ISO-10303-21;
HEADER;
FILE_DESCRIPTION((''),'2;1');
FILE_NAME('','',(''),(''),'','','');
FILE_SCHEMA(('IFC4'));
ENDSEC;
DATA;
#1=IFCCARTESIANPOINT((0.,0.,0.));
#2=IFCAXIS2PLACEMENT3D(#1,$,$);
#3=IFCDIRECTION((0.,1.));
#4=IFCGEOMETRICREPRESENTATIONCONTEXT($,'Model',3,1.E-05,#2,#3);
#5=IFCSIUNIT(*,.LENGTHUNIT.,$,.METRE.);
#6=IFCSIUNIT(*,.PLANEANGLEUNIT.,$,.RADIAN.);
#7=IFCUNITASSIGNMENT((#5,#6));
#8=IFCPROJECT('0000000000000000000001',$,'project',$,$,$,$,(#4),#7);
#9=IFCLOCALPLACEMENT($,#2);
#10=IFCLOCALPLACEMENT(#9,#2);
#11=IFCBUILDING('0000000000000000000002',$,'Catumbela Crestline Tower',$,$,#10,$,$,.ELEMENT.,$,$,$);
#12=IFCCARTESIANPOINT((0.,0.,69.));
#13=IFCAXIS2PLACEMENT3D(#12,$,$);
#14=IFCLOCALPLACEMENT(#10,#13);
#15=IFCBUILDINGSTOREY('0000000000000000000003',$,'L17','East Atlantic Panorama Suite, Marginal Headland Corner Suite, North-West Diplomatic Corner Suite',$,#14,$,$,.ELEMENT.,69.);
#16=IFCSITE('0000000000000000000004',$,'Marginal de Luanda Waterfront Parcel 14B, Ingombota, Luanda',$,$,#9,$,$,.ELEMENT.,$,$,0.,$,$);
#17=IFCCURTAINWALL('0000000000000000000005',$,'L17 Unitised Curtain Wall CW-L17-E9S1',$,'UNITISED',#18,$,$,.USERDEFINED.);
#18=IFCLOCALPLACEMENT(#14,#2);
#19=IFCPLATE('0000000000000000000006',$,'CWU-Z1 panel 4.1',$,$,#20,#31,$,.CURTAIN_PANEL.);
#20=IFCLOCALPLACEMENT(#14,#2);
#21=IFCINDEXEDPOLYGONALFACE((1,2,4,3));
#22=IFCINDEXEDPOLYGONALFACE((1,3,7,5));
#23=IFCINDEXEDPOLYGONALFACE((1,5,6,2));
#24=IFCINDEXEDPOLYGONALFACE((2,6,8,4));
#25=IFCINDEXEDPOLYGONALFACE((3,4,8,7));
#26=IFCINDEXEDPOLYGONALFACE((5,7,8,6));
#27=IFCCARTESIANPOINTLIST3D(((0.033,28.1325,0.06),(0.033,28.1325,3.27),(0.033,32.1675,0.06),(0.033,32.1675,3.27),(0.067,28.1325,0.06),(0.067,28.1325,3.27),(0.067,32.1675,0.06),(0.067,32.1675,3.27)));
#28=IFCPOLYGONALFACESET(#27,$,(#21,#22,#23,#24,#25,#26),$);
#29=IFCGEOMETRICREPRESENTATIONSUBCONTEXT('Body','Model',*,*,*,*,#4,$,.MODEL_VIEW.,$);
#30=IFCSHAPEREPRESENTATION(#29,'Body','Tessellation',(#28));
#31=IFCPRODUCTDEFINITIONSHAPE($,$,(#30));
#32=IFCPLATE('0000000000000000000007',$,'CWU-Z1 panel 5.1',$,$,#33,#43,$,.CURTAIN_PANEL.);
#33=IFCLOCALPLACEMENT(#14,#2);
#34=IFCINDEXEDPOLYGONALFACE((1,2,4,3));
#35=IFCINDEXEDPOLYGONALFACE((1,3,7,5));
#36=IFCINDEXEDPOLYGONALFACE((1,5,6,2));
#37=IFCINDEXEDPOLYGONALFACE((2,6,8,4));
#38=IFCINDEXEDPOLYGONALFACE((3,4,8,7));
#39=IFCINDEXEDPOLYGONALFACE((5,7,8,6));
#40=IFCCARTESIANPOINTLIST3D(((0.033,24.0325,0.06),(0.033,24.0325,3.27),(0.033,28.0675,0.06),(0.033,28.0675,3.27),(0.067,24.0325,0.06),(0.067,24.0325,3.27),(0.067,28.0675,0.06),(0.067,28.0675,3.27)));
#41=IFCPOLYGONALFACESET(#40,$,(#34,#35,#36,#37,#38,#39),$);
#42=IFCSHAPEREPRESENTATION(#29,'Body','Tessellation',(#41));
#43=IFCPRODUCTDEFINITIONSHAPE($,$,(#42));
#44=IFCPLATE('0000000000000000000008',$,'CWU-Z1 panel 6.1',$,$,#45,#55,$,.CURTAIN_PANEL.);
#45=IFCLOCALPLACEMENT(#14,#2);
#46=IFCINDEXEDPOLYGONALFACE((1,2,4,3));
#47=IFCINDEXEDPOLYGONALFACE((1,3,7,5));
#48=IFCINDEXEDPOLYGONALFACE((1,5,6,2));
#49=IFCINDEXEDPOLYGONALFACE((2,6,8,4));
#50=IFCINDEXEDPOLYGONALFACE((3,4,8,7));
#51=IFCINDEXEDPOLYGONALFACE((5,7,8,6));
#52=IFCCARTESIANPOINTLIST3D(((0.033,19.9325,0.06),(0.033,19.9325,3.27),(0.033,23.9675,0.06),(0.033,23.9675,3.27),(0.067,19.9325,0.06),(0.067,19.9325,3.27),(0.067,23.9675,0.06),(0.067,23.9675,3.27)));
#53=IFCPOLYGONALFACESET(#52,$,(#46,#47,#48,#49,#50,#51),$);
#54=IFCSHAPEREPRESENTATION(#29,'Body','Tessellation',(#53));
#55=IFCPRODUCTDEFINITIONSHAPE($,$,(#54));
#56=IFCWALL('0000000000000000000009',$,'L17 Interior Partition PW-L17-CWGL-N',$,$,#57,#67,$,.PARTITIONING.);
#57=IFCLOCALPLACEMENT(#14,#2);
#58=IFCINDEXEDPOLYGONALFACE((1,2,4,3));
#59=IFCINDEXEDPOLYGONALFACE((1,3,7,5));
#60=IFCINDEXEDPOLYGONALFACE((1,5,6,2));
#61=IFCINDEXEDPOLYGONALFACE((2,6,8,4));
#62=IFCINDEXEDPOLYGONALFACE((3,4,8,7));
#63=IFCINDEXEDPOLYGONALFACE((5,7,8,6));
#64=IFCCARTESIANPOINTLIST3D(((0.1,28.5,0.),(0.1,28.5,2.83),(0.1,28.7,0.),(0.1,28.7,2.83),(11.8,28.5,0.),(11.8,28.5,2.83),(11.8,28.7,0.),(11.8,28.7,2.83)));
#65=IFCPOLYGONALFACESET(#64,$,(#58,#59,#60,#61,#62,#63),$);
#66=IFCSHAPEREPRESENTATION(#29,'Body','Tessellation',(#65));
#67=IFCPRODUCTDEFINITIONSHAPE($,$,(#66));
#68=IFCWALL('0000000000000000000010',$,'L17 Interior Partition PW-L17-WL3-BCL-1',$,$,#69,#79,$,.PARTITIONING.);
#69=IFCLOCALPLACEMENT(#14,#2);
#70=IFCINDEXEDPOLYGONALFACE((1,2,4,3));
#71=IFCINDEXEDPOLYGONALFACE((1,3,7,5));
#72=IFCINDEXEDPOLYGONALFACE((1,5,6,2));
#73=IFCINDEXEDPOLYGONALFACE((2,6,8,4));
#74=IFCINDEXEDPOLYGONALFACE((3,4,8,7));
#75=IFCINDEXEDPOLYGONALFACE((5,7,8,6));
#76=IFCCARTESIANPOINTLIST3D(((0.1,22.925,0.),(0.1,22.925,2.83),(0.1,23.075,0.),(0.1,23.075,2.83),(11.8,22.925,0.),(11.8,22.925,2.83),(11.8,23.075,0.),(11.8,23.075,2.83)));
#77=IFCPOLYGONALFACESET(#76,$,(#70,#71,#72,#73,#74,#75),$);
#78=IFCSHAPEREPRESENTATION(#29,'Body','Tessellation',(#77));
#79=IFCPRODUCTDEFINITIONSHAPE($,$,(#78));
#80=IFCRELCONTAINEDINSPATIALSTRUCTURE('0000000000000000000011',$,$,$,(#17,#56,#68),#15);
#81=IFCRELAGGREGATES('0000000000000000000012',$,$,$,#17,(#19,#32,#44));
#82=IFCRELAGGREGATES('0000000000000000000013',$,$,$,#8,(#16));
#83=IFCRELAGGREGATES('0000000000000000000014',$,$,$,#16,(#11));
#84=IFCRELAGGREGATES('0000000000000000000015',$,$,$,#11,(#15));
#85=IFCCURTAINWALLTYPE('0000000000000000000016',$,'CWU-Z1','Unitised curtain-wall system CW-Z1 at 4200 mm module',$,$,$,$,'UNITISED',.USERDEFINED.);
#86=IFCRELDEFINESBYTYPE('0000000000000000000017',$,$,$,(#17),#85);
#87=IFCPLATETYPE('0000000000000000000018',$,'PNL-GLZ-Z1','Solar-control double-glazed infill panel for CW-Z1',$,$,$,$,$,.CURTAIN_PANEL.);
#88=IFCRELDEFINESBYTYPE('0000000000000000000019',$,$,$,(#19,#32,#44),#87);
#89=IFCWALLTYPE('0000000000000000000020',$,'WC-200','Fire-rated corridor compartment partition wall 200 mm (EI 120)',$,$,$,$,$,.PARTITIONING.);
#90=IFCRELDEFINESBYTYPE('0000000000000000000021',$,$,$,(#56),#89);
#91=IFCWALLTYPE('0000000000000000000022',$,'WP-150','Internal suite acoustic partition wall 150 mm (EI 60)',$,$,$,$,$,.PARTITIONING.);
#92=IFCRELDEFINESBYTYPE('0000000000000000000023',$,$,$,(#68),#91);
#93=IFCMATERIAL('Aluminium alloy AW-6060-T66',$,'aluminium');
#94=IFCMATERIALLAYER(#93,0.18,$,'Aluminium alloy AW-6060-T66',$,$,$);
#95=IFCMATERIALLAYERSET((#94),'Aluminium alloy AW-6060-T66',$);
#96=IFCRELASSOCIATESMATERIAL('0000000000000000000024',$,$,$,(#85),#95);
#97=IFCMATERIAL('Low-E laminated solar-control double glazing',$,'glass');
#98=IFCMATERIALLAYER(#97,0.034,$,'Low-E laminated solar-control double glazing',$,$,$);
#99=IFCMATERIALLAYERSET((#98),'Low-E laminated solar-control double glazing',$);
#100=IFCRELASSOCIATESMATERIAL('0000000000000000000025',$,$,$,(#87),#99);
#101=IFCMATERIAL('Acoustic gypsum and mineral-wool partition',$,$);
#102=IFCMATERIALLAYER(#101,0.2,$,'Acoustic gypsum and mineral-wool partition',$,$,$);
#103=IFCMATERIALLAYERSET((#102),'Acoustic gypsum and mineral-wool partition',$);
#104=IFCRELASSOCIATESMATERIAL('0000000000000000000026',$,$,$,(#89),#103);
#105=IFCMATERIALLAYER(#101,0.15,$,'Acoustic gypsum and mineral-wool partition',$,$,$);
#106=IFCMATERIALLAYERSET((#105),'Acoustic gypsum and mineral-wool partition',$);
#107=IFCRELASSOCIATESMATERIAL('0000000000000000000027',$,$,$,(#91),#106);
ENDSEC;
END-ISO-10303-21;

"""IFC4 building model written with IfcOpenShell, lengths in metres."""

from ifc_helpers import new_model, si_unit, direction, frame, frame_2d, origin, origin_2d, place, context, subcontext, project, spatial, rectangle, extrude, material, layer, layer_set, type_object, element, aggregate, save


model = new_model("IFC4")

# Units and contexts
model_context = context("Model", 3, precision=1e-05, world=origin(), true_north=direction((0.0, 1.0)))
body_context = subcontext(model_context, "Body", "Model", "MODEL_VIEW")
ifc_project = project(units=[si_unit("LENGTHUNIT", "METRE"), si_unit("PLANEANGLEUNIT", "RADIAN")], contexts=[model_context])

# Site, building, storey
site_placement = place(None, origin())
site = spatial("IfcSite", under=ifc_project, at=site_placement, Name="Marginal de Luanda Waterfront Parcel 14B, Ingombota, Luanda", CompositionType="ELEMENT", RefElevation=0.0)
building_placement = place(site_placement, origin())
building = spatial("IfcBuilding", under=site, at=building_placement, Name="Catumbela Crestline Tower", CompositionType="ELEMENT")
storey_placement = place(building_placement, frame((0.0, 0.0, 69.0)))
storey = spatial("IfcBuildingStorey", under=building, at=storey_placement, Name="L17", Description="East Atlantic Panorama Suite, Marginal Headland Corner Suite, North-West Diplomatic Corner Suite", CompositionType="ELEMENT", Elevation=69.0)

# Curtain wall
ifc_material_1 = material(Name="Aluminium alloy AW-6060-T66", Category="aluminium")
ifc_layer_1 = layer(ifc_material_1, 0.18, Name="Aluminium alloy AW-6060-T66")
ifc_layer_set_1 = layer_set([ifc_layer_1], Name="Aluminium alloy AW-6060-T66")
curtain_wall_type = type_object("IfcCurtainWallType", Name="CWU-Z1", Description="Unitised curtain-wall system CW-Z1 at 4200 mm module", ElementType="UNITISED", PredefinedType="USERDEFINED", material=ifc_layer_set_1)
curtain_wall_placement = place(storey_placement, origin())
curtain_wall = element("IfcCurtainWall", 1, at=curtain_wall_placement, inside=storey, type_object=curtain_wall_type, Name="L17 Unitised Curtain Wall CW-L17-E9S1", ObjectType="UNITISED", PredefinedType="USERDEFINED")

# Plates
ifc_material_2 = material(Name="Low-E laminated solar-control double glazing", Category="glass")
ifc_layer_2 = layer(ifc_material_2, 0.034, Name="Low-E laminated solar-control double glazing")
ifc_layer_set_2 = layer_set([ifc_layer_2], Name="Low-E laminated solar-control double glazing")
plate_type = type_object("IfcPlateType", Name="PNL-GLZ-Z1", Description="Solar-control double-glazed infill panel for CW-Z1", PredefinedType="CURTAIN_PANEL", material=ifc_layer_set_2)
plate_1_placement = place(storey_placement, frame((0.05, 30.15, 0.06), z_axis=(0.0, 0.0, 1.0), x_axis=(0.0, -1.0, 0.0)))
plate_1 = element("IfcPlate", 2, at=plate_1_placement, type_object=plate_type, Name="CWU-Z1 panel 4.1", PredefinedType="CURTAIN_PANEL", context=body_context, shape_type="SweptSolid", body=[
    extrude(rectangle(XDim=4.035, YDim=0.034, at=origin_2d()), origin(), (0.0, 0.0, 1.0), 3.21),
])
plate_2_placement = place(storey_placement, frame((0.05, 26.05, 0.06), z_axis=(0.0, 0.0, 1.0), x_axis=(0.0, -1.0, 0.0)))
plate_2 = element("IfcPlate", 3, at=plate_2_placement, type_object=plate_type, Name="CWU-Z1 panel 5.1", PredefinedType="CURTAIN_PANEL", context=body_context, shape_type="SweptSolid", body=[
    extrude(rectangle(XDim=4.035, YDim=0.034, at=origin_2d()), origin(), (0.0, 0.0, 1.0), 3.21),
])
plate_3_placement = place(storey_placement, frame((0.05, 21.95, 0.06), z_axis=(0.0, 0.0, 1.0), x_axis=(0.0, -1.0, 0.0)))
plate_3 = element("IfcPlate", 4, at=plate_3_placement, type_object=plate_type, Name="CWU-Z1 panel 6.1", PredefinedType="CURTAIN_PANEL", context=body_context, shape_type="SweptSolid", body=[
    extrude(rectangle(XDim=4.035, YDim=0.034, at=origin_2d()), origin(), (0.0, 0.0, 1.0), 3.21),
])
aggregate(curtain_wall, [plate_1, plate_2, plate_3])

# Walls
ifc_material_3 = material(Name="Acoustic gypsum and mineral-wool partition")
ifc_layer_3 = layer(ifc_material_3, 0.2, Name="Acoustic gypsum and mineral-wool partition")
ifc_layer_set_3 = layer_set([ifc_layer_3], Name="Acoustic gypsum and mineral-wool partition")
wall_type_1 = type_object("IfcWallType", Name="WC-200", Description="Fire-rated corridor compartment partition wall 200 mm (EI 120)", PredefinedType="PARTITIONING", material=ifc_layer_set_3)
wall_1_placement = place(storey_placement, frame((0.1, 28.6, 0.0), z_axis=(0.0, 0.0, 1.0), x_axis=(1.0, 0.0, 0.0)))
element("IfcWall", 5, at=wall_1_placement, inside=storey, type_object=wall_type_1, Name="L17 Interior Partition PW-L17-CWGL-N", PredefinedType="PARTITIONING", context=body_context, shape_type="SweptSolid", body=[
    extrude(rectangle(XDim=11.7, YDim=0.2, at=frame_2d((5.85, 0.0))), origin(), (0.0, 0.0, 1.0), 2.83),
])
ifc_layer_4 = layer(ifc_material_3, 0.15, Name="Acoustic gypsum and mineral-wool partition")
ifc_layer_set_4 = layer_set([ifc_layer_4], Name="Acoustic gypsum and mineral-wool partition")
wall_type_2 = type_object("IfcWallType", Name="WP-150", Description="Internal suite acoustic partition wall 150 mm (EI 60)", PredefinedType="PARTITIONING", material=ifc_layer_set_4)
wall_2_placement = place(storey_placement, frame((0.1, 23.0, 0.0), z_axis=(0.0, 0.0, 1.0), x_axis=(1.0, 0.0, 0.0)))
element("IfcWall", 6, at=wall_2_placement, inside=storey, type_object=wall_type_2, Name="L17 Interior Partition PW-L17-WL3-BCL-1", PredefinedType="PARTITIONING", context=body_context, shape_type="SweptSolid", body=[
    extrude(rectangle(XDim=11.7, YDim=0.15, at=frame_2d((5.85, 0.0))), origin(), (0.0, 0.0, 1.0), 2.83),
])

save(model, "model.ifc")
